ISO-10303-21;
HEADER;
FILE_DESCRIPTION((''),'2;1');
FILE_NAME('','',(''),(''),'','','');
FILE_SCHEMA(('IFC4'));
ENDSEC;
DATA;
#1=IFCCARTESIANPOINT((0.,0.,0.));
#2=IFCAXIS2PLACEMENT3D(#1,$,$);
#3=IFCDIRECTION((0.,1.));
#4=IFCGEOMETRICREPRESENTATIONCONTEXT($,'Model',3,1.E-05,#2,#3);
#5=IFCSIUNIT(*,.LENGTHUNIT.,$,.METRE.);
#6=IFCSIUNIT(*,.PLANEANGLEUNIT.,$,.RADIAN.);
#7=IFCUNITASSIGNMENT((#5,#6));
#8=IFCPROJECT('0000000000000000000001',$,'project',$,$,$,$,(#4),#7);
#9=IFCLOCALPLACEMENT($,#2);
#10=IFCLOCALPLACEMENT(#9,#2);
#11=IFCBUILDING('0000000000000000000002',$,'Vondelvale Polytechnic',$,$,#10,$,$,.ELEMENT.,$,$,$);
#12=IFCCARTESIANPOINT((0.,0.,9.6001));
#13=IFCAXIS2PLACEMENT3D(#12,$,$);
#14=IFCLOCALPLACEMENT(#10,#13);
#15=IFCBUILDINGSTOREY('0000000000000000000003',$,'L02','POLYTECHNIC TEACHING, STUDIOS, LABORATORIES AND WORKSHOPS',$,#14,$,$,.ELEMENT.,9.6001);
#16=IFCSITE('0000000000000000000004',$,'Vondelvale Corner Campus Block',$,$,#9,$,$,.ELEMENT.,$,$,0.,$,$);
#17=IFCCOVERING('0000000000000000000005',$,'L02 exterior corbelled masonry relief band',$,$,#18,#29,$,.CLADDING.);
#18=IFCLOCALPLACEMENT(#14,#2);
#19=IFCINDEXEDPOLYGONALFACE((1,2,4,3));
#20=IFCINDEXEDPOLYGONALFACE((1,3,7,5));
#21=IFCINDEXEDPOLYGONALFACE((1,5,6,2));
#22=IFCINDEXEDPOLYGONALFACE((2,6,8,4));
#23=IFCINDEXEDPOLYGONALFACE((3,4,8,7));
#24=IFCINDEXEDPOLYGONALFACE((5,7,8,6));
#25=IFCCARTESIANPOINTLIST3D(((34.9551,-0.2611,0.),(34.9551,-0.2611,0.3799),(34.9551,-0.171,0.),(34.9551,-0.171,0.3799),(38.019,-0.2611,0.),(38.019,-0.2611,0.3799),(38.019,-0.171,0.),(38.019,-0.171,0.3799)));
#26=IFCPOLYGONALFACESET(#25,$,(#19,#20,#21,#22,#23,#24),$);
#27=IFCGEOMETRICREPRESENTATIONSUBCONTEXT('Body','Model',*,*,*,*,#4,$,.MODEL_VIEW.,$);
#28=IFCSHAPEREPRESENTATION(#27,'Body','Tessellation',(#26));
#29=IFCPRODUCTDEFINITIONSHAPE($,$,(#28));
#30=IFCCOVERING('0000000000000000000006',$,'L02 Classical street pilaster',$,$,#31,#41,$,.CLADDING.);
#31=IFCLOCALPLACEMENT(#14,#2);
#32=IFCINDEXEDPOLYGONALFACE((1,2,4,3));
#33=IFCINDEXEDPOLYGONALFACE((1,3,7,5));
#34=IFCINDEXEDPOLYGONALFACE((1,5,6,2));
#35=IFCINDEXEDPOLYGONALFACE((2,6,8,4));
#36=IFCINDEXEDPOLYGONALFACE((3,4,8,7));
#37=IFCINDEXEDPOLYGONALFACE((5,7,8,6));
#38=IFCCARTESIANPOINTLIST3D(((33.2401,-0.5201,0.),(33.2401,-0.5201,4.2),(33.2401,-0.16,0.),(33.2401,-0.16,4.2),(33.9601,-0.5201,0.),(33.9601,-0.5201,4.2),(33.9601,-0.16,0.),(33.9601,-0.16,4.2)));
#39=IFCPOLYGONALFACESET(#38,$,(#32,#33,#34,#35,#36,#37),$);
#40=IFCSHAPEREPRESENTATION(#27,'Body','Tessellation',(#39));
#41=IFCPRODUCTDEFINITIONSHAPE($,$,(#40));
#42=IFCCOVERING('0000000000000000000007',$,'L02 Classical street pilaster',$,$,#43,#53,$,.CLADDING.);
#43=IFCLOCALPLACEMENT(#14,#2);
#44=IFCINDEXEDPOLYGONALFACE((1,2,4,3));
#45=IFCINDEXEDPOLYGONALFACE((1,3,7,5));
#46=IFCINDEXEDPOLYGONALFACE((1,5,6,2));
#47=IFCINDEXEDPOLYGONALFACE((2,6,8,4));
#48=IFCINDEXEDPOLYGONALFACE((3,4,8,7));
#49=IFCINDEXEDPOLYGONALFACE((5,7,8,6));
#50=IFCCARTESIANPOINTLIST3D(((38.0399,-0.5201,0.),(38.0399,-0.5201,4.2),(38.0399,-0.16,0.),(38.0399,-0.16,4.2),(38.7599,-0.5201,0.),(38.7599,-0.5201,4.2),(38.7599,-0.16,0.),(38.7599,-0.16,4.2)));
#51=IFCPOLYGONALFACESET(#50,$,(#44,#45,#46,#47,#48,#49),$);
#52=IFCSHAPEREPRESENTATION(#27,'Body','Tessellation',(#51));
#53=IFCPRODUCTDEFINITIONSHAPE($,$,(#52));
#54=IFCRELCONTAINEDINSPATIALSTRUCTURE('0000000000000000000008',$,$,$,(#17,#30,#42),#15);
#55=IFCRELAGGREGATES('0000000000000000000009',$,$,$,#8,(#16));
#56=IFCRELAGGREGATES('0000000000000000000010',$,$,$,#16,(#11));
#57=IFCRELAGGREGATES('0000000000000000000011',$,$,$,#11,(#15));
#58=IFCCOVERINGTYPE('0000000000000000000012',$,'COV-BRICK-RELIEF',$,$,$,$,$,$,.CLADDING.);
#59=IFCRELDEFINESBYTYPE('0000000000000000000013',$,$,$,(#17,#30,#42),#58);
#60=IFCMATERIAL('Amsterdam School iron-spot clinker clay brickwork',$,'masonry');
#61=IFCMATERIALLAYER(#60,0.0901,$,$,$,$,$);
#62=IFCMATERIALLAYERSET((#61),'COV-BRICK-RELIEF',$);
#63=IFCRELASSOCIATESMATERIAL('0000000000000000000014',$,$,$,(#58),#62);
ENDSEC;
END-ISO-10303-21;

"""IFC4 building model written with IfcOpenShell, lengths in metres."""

from ifc_helpers import new_model, si_unit, direction, frame, origin, origin_2d, place, context, subcontext, project, spatial, rectangle, extrude, material, layer, layer_set, type_object, element, save


model = new_model("IFC4")

# Units and contexts
model_context = context("Model", 3, precision=1e-05, world=origin(), true_north=direction((0.0, 1.0)))
body_context = subcontext(model_context, "Body", "Model", "MODEL_VIEW")
ifc_project = project(units=[si_unit("LENGTHUNIT", "METRE"), si_unit("PLANEANGLEUNIT", "RADIAN")], contexts=[model_context])

# Site, building, storey
site_placement = place(None, origin())
site = spatial("IfcSite", under=ifc_project, at=site_placement, Name="Vondelvale Corner Campus Block", CompositionType="ELEMENT", RefElevation=0.0)
building_placement = place(site_placement, origin())
building = spatial("IfcBuilding", under=site, at=building_placement, Name="Vondelvale Polytechnic", CompositionType="ELEMENT")
storey_placement = place(building_placement, frame((0.0, 0.0, 9.6001)))
storey = spatial("IfcBuildingStorey", under=building, at=storey_placement, Name="L02", Description="POLYTECHNIC TEACHING, STUDIOS, LABORATORIES AND WORKSHOPS", CompositionType="ELEMENT", Elevation=9.6001)

# Shared definitions
ifc_material_1 = material(Name="Amsterdam School iron-spot clinker clay brickwork", Category="masonry")

# Coverings
ifc_layer_1 = layer(ifc_material_1, 0.0901)
ifc_layer_set_1 = layer_set([ifc_layer_1], Name="COV-BRICK-RELIEF")
covering_type = type_object("IfcCoveringType", Name="COV-BRICK-RELIEF", PredefinedType="CLADDING", material=ifc_layer_set_1)
covering_placement = place(storey_placement, frame((36.4871, -0.2161, 0.0), z_axis=(0.0, 0.0, 1.0), x_axis=(-1.0, 0.0, 0.0)))
element("IfcCovering", 1, at=covering_placement, inside=storey, type_object=covering_type, Name="L02 exterior corbelled masonry relief band", PredefinedType="CLADDING", context=body_context, shape_type="SweptSolid", body=[
    extrude(rectangle(XDim=3.064, YDim=0.0901, at=origin_2d()), origin(), (0.0, 0.0, 1.0), 0.3799),
])
for number, where, z_axis, x_axis, name in (
    (2, (33.6001, -0.3401, 0.0), (0.0, 0.0, 1.0), (1.0, 0.0, 0.0), "L02 Classical street pilaster"),
    (3, (38.3999, -0.3401, 0.0), (0.0, 0.0, 1.0), (1.0, 0.0, 0.0), "L02 Classical street pilaster"),
):
    element("IfcCovering", number, at=place(storey_placement, frame(where, z_axis=z_axis, x_axis=x_axis)), inside=storey, type_object=covering_type, Name=name, PredefinedType="CLADDING", context=body_context, shape_type="SweptSolid", body=[
        extrude(rectangle(XDim=0.72, YDim=0.3601, at=origin_2d()), origin(), (0.0, 0.0, 1.0), 4.2),
    ])

save(model, "model.ifc")
